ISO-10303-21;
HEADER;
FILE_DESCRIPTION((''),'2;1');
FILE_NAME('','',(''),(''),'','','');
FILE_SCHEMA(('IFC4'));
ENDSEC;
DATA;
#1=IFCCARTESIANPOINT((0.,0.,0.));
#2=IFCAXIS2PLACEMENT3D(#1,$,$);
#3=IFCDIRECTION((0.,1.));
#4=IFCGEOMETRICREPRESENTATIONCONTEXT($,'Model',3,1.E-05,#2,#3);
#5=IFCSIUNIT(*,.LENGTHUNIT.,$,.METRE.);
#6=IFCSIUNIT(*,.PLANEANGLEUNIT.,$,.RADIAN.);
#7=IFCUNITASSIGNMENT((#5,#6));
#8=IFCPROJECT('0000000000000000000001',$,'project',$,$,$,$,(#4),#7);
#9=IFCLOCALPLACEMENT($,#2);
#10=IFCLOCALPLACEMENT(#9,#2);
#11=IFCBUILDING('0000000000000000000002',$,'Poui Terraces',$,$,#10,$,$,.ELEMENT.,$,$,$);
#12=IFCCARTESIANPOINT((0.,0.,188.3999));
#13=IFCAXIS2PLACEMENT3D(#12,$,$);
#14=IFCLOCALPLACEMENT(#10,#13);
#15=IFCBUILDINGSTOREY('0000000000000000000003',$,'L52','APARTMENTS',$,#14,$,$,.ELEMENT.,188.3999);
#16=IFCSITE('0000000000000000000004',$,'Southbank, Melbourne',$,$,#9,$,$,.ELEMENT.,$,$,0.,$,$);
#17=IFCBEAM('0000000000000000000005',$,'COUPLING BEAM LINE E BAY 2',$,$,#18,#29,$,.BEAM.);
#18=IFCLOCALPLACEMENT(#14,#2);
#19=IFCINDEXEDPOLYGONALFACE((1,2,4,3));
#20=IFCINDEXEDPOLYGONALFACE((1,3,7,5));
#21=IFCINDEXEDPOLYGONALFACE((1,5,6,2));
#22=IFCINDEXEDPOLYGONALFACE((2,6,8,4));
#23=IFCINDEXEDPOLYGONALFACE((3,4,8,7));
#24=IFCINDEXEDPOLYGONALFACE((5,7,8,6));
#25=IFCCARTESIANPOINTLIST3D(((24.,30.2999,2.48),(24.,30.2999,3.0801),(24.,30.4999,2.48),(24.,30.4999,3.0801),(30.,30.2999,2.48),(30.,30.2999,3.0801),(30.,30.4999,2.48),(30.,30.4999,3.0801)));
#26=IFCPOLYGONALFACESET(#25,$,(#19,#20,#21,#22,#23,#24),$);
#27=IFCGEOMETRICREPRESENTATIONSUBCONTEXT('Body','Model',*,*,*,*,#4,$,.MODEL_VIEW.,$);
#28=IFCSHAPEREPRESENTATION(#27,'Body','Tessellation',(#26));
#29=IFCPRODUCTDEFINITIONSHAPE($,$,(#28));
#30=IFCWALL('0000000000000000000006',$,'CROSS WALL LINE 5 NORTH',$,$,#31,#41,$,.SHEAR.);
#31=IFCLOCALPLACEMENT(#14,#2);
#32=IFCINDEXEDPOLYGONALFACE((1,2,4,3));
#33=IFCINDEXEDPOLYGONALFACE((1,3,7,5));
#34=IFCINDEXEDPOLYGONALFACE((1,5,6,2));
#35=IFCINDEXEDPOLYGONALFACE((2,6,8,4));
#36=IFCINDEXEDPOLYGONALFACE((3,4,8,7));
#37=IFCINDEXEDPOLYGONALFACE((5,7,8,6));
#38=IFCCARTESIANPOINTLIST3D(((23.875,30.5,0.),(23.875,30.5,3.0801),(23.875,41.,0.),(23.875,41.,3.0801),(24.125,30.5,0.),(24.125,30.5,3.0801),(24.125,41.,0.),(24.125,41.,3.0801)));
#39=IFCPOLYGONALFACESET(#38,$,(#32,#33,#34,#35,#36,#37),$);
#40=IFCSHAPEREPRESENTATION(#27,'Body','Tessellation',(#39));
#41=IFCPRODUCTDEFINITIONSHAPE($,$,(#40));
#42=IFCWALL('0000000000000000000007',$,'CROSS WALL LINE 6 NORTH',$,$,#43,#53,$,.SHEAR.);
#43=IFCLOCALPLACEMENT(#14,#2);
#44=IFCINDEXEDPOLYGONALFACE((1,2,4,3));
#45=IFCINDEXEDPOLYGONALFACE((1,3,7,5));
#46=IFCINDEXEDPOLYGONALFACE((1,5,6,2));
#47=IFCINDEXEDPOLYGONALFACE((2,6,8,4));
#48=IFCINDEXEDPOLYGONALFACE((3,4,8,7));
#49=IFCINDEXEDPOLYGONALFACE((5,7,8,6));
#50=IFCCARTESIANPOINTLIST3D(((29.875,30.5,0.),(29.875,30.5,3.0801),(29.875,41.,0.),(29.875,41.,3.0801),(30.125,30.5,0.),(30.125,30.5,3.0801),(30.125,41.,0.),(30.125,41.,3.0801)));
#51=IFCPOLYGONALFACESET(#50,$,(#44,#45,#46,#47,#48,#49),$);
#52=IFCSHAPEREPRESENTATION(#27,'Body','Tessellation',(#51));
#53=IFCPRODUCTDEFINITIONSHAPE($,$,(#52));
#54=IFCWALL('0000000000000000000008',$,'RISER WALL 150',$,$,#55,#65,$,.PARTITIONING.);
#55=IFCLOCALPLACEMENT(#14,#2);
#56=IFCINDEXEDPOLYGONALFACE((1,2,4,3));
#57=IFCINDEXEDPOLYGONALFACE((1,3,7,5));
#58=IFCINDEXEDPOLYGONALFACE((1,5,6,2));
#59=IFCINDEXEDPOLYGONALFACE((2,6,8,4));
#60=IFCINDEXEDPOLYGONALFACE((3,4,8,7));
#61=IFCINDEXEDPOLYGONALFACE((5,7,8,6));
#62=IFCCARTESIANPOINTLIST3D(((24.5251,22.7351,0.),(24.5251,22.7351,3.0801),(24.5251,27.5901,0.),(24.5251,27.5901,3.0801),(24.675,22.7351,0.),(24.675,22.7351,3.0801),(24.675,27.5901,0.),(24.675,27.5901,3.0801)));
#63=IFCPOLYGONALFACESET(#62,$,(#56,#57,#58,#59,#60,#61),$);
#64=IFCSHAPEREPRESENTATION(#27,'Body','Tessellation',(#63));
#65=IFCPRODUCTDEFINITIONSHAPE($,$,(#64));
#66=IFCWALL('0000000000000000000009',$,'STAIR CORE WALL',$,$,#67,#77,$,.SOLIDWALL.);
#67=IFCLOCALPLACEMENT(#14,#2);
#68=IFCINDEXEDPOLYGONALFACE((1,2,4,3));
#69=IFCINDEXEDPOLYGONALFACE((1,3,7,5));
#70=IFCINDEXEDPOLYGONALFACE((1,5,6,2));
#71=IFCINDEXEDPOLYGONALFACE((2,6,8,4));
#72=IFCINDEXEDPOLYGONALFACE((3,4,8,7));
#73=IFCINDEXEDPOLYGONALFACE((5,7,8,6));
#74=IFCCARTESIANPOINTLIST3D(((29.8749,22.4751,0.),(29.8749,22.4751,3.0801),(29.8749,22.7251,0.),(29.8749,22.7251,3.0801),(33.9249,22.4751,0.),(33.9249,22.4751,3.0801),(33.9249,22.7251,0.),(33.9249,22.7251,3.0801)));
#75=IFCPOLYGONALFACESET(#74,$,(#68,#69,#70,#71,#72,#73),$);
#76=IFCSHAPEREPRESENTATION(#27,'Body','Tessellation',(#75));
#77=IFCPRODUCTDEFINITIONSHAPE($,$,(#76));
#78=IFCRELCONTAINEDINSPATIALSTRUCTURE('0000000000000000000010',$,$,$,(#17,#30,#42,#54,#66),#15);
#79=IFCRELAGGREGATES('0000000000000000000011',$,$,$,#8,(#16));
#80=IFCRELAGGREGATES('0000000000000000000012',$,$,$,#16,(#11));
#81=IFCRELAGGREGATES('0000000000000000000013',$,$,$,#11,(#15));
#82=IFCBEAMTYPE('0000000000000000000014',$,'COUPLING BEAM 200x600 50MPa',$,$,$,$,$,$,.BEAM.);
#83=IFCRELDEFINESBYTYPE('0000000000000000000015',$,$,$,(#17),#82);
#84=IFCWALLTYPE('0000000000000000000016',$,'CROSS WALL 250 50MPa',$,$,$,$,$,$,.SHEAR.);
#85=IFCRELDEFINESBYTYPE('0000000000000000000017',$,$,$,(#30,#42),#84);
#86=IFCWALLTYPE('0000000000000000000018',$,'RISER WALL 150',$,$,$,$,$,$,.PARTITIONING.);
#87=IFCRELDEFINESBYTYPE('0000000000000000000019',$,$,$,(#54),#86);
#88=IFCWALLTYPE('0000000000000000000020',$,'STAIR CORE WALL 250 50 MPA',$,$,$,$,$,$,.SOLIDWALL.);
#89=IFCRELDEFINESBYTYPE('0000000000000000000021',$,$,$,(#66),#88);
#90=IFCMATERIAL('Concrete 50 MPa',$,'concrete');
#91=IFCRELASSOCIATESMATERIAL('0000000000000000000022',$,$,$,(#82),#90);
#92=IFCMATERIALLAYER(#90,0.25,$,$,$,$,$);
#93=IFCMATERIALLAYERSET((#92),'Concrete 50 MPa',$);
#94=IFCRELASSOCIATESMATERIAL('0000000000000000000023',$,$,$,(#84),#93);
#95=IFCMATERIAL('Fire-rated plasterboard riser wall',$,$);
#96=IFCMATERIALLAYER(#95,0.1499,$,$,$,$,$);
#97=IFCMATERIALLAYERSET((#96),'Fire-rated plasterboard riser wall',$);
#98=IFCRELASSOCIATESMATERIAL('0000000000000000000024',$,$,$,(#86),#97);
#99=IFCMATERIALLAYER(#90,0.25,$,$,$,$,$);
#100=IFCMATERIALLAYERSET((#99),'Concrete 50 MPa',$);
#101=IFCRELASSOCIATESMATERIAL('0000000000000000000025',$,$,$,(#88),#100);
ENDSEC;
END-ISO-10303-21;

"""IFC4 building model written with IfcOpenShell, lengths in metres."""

from ifc_helpers import new_model, si_unit, direction, frame, frame_2d, origin, origin_2d, place, context, subcontext, project, spatial, rectangle, extrude, source, transform, mapped, material, layer, layer_set, material_profile, profile_set, type_object, element, save


model = new_model("IFC4")

# Units and contexts
model_context = context("Model", 3, precision=1e-05, world=origin(), true_north=direction((0.0, 1.0)))
body_context = subcontext(model_context, "Body", "Model", "MODEL_VIEW")
ifc_project = project(units=[si_unit("LENGTHUNIT", "METRE"), si_unit("PLANEANGLEUNIT", "RADIAN")], contexts=[model_context])

# Site, building, storey
site_placement = place(None, origin())
site = spatial("IfcSite", under=ifc_project, at=site_placement, Name="Southbank, Melbourne", CompositionType="ELEMENT", RefElevation=0.0)
building_placement = place(site_placement, origin())
building = spatial("IfcBuilding", under=site, at=building_placement, Name="Poui Terraces", CompositionType="ELEMENT")
storey_placement = place(building_placement, frame((0.0, 0.0, 188.3999)))
storey = spatial("IfcBuildingStorey", under=building, at=storey_placement, Name="L52", Description="APARTMENTS", CompositionType="ELEMENT", Elevation=188.3999)

# Beam
ifc_material_1 = material(Name="Concrete 50 MPa", Category="concrete")
ifc_material_profile = material_profile(ifc_material_1, rectangle(XDim=0.2, YDim=0.6001, at=origin_2d()), Name="RC 200x600")
ifc_profile_set = profile_set([ifc_material_profile], Name="Concrete 50 MPa")
beam_type = type_object("IfcBeamType", Name="COUPLING BEAM 200x600 50MPa", PredefinedType="BEAM", material=ifc_profile_set)
shared_shape = source(origin(), body_context, "Body", "SweptSolid", [
    extrude(rectangle(XDim=0.2, YDim=0.6001, at=origin_2d()), origin(), (0.0, 0.0, 1.0), 6.0),
])
beam_placement = place(storey_placement, frame((24.0, 30.3999, 2.78), z_axis=(1.0, 0.0, 0.0), x_axis=(0.0, 1.0, 0.0)))
element("IfcBeam", 1, at=beam_placement, inside=storey, type_object=beam_type, Name="COUPLING BEAM LINE E BAY 2", PredefinedType="BEAM", context=body_context, shape_type="MappedRepresentation", body=[
    mapped(shared_shape, transform((0.0, 0.0, 0.0))),
])

# Walls
ifc_layer_1 = layer(ifc_material_1, 0.25)
ifc_layer_set_1 = layer_set([ifc_layer_1], Name="Concrete 50 MPa")
wall_type_1 = type_object("IfcWallType", Name="CROSS WALL 250 50MPa", PredefinedType="SHEAR", material=ifc_layer_set_1)
for number, where, z_axis, x_axis, name in (
    (2, (24.0, 30.5, 0.0), (0.0, 0.0, 1.0), (0.0, 1.0, 0.0), "CROSS WALL LINE 5 NORTH"),
    (3, (30.0, 30.5, 0.0), (0.0, 0.0, 1.0), (0.0, 1.0, 0.0), "CROSS WALL LINE 6 NORTH"),
):
    element("IfcWall", number, at=place(storey_placement, frame(where, z_axis=z_axis, x_axis=x_axis)), inside=storey, type_object=wall_type_1, Name=name, PredefinedType="SHEAR", context=body_context, shape_type="SweptSolid", body=[
        extrude(rectangle(XDim=10.5, YDim=0.25, at=frame_2d((5.25, 0.0))), origin(), (0.0, 0.0, 1.0), 3.0801),
    ])
ifc_material_2 = material(Name="Fire-rated plasterboard riser wall")
ifc_layer_2 = layer(ifc_material_2, 0.1499)
ifc_layer_set_2 = layer_set([ifc_layer_2], Name="Fire-rated plasterboard riser wall")
wall_type_2 = type_object("IfcWallType", Name="RISER WALL 150", PredefinedType="PARTITIONING", material=ifc_layer_set_2)
wall_1_placement = place(storey_placement, frame((24.6001, 22.7351, 0.0), z_axis=(0.0, 0.0, 1.0), x_axis=(0.0, 1.0, 0.0)))
element("IfcWall", 4, at=wall_1_placement, inside=storey, type_object=wall_type_2, Name="RISER WALL 150", PredefinedType="PARTITIONING", context=body_context, shape_type="SweptSolid", body=[
    extrude(rectangle(XDim=4.855, YDim=0.1499, at=frame_2d((2.4275, 0.0))), origin(), (0.0, 0.0, 1.0), 3.0801),
])
ifc_layer_3 = layer(ifc_material_1, 0.25)
ifc_layer_set_3 = layer_set([ifc_layer_3], Name="Concrete 50 MPa")
wall_type_3 = type_object("IfcWallType", Name="STAIR CORE WALL 250 50 MPA", PredefinedType="SOLIDWALL", material=ifc_layer_set_3)
wall_2_placement = place(storey_placement, frame((29.875, 22.6001, 0.0), z_axis=(0.0, 0.0, 1.0), x_axis=(1.0, 0.0, 0.0)))
element("IfcWall", 5, at=wall_2_placement, inside=storey, type_object=wall_type_3, Name="STAIR CORE WALL", PredefinedType="SOLIDWALL", context=body_context, shape_type="SweptSolid", body=[
    extrude(rectangle(XDim=4.05, YDim=0.25, at=frame_2d((2.0249, 0.0))), origin(), (0.0, 0.0, 1.0), 3.0801),
])

save(model, "model.ifc")
